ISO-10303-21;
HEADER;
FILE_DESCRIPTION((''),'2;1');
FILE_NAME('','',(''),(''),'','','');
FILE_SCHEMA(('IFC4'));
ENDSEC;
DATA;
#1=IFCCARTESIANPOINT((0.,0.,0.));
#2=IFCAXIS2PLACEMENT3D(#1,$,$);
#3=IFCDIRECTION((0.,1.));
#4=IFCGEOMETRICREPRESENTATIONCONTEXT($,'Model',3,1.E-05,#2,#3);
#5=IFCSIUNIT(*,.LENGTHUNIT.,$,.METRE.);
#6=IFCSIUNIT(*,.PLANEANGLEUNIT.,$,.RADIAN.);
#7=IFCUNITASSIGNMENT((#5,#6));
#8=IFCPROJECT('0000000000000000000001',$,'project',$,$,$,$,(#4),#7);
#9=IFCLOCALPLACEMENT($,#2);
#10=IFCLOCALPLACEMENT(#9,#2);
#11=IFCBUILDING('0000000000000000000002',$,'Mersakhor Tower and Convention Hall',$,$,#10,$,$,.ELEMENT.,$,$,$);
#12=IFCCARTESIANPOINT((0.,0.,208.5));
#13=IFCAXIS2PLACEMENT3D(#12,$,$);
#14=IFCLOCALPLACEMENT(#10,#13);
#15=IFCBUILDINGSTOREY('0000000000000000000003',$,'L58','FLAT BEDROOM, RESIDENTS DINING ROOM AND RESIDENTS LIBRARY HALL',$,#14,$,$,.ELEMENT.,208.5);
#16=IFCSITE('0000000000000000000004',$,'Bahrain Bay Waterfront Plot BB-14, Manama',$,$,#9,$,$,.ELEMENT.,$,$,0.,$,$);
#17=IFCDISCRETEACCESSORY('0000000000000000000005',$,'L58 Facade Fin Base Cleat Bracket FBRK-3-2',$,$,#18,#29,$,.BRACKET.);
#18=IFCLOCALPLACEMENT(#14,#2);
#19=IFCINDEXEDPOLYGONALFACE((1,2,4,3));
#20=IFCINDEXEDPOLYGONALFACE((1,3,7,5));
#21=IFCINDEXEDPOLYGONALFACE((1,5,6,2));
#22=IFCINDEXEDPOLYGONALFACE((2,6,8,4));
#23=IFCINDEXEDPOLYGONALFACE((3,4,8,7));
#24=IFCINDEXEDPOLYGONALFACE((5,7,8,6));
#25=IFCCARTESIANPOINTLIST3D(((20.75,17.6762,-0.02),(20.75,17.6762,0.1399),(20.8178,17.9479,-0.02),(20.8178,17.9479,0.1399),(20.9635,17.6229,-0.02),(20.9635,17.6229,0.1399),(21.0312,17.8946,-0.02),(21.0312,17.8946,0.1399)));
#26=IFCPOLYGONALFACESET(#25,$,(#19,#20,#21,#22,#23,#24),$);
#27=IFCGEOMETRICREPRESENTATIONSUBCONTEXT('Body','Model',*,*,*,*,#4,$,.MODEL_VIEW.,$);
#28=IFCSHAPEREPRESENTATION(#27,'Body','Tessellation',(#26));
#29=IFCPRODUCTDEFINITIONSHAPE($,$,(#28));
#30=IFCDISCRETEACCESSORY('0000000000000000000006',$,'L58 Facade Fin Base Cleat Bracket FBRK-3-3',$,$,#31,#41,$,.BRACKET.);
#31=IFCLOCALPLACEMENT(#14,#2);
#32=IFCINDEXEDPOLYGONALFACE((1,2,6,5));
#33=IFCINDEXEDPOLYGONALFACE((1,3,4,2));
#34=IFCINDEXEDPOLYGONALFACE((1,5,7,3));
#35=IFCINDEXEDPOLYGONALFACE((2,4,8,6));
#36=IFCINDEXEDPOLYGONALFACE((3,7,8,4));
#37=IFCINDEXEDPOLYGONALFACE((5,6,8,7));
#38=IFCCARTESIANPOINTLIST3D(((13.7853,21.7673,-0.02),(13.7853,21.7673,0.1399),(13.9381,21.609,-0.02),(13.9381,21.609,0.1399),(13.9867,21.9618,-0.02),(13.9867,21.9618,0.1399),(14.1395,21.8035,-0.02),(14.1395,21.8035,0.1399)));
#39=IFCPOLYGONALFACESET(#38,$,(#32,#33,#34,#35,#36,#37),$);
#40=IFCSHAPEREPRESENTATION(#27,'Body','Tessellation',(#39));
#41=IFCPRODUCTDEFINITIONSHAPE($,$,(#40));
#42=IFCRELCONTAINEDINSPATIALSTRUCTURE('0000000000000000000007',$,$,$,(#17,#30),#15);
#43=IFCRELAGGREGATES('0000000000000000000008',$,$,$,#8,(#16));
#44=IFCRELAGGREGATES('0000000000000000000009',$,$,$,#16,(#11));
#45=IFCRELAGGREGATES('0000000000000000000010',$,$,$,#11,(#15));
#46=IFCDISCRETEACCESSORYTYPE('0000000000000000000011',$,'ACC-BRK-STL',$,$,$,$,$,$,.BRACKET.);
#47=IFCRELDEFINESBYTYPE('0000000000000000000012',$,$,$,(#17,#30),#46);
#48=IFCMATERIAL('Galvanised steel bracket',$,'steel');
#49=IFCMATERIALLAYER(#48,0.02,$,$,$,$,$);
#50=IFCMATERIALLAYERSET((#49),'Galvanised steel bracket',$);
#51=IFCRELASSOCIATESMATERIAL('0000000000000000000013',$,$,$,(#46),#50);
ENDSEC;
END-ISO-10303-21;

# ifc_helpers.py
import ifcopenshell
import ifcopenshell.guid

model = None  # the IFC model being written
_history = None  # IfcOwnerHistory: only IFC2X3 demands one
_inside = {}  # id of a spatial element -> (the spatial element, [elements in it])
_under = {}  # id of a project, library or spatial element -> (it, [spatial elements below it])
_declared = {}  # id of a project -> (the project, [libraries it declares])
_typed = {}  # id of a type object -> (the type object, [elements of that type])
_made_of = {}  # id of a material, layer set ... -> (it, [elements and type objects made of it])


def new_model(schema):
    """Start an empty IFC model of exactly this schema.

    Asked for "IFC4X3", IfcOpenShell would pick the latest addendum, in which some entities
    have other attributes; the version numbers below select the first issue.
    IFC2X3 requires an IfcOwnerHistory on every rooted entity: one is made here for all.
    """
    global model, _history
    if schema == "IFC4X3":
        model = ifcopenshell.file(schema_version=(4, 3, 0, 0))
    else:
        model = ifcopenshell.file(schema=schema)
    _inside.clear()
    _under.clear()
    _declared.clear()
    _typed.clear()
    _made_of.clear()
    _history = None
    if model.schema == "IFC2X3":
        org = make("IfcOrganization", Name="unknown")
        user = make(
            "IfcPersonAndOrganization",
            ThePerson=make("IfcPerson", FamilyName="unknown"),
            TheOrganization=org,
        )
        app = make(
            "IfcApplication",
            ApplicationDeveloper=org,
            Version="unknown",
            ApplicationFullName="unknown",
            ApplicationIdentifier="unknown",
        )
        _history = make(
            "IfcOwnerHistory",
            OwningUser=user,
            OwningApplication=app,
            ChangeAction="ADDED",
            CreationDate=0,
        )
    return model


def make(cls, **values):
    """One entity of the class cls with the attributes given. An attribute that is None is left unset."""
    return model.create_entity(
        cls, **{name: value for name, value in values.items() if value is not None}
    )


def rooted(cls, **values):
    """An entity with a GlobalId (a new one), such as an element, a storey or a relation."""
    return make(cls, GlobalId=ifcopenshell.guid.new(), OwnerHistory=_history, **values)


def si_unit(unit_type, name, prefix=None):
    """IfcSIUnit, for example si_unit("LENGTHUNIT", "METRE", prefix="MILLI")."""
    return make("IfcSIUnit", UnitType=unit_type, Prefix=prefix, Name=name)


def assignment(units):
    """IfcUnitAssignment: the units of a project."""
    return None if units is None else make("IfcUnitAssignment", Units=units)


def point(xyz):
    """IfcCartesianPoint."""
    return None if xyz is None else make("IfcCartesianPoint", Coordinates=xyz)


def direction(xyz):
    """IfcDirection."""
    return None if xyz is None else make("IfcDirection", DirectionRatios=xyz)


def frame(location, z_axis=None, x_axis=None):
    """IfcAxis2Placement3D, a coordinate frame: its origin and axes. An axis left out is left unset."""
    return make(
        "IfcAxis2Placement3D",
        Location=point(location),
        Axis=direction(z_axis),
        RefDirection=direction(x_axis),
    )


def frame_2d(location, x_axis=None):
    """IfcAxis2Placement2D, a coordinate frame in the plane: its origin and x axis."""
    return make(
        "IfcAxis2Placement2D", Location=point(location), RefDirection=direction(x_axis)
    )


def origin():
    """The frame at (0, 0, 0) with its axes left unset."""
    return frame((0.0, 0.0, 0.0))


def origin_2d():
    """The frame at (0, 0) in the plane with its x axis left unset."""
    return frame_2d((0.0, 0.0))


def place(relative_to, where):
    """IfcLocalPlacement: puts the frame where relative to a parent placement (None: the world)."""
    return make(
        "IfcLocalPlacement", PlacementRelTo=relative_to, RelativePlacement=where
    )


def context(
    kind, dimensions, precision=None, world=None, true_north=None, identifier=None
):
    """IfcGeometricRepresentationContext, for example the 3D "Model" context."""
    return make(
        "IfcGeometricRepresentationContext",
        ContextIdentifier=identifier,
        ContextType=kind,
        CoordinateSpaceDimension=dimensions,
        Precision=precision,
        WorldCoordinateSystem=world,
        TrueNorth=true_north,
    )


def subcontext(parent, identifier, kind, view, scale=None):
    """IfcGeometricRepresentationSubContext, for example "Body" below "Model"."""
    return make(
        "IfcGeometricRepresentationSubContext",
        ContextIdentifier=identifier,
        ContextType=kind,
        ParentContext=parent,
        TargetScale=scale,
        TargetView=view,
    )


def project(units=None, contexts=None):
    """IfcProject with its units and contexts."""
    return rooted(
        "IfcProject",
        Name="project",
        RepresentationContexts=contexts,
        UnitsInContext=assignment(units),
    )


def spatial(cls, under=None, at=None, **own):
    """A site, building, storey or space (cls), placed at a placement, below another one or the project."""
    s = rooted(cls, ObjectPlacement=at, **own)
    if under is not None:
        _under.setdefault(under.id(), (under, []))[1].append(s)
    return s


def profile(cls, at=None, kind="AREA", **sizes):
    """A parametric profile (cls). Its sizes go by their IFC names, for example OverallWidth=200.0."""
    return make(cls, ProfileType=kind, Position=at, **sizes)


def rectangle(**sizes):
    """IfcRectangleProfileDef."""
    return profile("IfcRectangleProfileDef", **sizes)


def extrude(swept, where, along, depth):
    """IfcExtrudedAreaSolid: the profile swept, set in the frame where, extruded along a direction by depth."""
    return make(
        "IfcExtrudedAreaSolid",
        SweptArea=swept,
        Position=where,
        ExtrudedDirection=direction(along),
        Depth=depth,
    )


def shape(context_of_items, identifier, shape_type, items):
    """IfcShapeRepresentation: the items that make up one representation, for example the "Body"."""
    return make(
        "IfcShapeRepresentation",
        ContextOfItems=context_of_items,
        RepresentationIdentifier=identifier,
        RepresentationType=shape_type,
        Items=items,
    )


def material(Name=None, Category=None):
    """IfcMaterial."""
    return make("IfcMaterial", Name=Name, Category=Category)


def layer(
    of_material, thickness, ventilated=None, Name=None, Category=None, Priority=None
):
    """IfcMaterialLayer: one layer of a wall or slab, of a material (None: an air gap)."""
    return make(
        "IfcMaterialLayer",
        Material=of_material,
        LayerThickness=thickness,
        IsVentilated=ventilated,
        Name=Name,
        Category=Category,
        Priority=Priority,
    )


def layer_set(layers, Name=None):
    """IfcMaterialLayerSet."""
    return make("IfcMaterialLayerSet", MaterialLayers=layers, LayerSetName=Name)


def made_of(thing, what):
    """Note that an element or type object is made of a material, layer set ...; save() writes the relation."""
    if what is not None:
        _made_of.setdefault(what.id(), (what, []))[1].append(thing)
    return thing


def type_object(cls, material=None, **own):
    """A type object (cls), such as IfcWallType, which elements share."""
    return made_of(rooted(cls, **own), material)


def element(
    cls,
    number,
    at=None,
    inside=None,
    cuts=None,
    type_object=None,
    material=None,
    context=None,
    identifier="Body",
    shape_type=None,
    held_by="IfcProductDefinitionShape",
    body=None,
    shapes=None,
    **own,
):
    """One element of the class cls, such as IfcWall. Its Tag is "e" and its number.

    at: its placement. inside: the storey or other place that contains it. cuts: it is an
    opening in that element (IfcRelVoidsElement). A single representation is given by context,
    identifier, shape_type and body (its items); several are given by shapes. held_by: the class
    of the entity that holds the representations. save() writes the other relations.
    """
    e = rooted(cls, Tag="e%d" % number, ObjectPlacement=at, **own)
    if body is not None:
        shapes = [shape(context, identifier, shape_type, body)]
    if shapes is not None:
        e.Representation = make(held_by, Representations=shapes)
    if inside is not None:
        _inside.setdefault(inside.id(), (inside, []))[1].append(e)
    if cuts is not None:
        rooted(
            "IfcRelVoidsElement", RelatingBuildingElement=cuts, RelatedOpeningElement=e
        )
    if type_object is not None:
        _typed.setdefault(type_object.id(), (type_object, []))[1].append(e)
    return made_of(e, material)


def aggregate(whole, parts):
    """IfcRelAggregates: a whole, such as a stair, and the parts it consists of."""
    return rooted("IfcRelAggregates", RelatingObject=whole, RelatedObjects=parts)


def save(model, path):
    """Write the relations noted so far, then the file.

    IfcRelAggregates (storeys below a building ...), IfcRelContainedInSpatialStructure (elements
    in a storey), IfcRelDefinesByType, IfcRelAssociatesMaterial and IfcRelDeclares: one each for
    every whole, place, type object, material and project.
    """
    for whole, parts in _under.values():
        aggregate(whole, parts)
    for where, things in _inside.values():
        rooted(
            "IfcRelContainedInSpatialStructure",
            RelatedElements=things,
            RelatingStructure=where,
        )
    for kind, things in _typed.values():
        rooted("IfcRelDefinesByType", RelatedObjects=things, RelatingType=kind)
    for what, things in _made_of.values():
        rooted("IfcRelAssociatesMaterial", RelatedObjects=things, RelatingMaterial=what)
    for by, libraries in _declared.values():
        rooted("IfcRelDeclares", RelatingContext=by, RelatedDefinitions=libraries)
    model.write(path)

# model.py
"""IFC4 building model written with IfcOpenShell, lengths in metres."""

from ifc_helpers import new_model, si_unit, direction, frame, origin, origin_2d, place, context, subcontext, project, spatial, rectangle, extrude, material, layer, layer_set, type_object, element, save


model = new_model("IFC4")

# Units and contexts
model_context = context("Model", 3, precision=1e-05, world=origin(), true_north=direction((0.0, 1.0)))
body_context = subcontext(model_context, "Body", "Model", "MODEL_VIEW")
ifc_project = project(units=[si_unit("LENGTHUNIT", "METRE"), si_unit("PLANEANGLEUNIT", "RADIAN")], contexts=[model_context])

# Site, building, storey
site_placement = place(None, origin())
site = spatial("IfcSite", under=ifc_project, at=site_placement, Name="Bahrain Bay Waterfront Plot BB-14, Manama", CompositionType="ELEMENT", RefElevation=0.0)
building_placement = place(site_placement, origin())
building = spatial("IfcBuilding", under=site, at=building_placement, Name="Mersakhor Tower and Convention Hall", CompositionType="ELEMENT")
storey_placement = place(building_placement, frame((0.0, 0.0, 208.5)))
storey = spatial("IfcBuildingStorey", under=building, at=storey_placement, Name="L58", Description="FLAT BEDROOM, RESIDENTS DINING ROOM AND RESIDENTS LIBRARY HALL", CompositionType="ELEMENT", Elevation=208.5)

# Discrete accessories
ifc_material_1 = material(Name="Galvanised steel bracket", Category="steel")
ifc_layer_1 = layer(ifc_material_1, 0.02)
ifc_layer_set_1 = layer_set([ifc_layer_1], Name="Galvanised steel bracket")
discrete_accessory_type = type_object("IfcDiscreteAccessoryType", Name="ACC-BRK-STL", PredefinedType="BRACKET", material=ifc_layer_set_1)
for number, where, z_axis, x_axis, name in (
    (1, (20.8906, 17.7854, -0.02), (0.0, 0.0, 1.0), (-0.241922, -0.970296, 0.0), "L58 Facade Fin Base Cleat Bracket FBRK-3-2"),
    (2, (13.9624, 21.7854, -0.02), (0.0, 0.0, 1.0), (-0.71934, -0.694658, 0.0), "L58 Facade Fin Base Cleat Bracket FBRK-3-3"),
):
    element("IfcDiscreteAccessory", number, at=place(storey_placement, frame(where, z_axis=z_axis, x_axis=x_axis)), inside=storey, type_object=discrete_accessory_type, Name=name, PredefinedType="BRACKET", context=body_context, shape_type="SweptSolid", body=[
        extrude(rectangle(XDim=0.28, YDim=0.22, at=origin_2d()), origin(), (0.0, 0.0, 1.0), 0.1599),
    ])

save(model, "model.ifc")
